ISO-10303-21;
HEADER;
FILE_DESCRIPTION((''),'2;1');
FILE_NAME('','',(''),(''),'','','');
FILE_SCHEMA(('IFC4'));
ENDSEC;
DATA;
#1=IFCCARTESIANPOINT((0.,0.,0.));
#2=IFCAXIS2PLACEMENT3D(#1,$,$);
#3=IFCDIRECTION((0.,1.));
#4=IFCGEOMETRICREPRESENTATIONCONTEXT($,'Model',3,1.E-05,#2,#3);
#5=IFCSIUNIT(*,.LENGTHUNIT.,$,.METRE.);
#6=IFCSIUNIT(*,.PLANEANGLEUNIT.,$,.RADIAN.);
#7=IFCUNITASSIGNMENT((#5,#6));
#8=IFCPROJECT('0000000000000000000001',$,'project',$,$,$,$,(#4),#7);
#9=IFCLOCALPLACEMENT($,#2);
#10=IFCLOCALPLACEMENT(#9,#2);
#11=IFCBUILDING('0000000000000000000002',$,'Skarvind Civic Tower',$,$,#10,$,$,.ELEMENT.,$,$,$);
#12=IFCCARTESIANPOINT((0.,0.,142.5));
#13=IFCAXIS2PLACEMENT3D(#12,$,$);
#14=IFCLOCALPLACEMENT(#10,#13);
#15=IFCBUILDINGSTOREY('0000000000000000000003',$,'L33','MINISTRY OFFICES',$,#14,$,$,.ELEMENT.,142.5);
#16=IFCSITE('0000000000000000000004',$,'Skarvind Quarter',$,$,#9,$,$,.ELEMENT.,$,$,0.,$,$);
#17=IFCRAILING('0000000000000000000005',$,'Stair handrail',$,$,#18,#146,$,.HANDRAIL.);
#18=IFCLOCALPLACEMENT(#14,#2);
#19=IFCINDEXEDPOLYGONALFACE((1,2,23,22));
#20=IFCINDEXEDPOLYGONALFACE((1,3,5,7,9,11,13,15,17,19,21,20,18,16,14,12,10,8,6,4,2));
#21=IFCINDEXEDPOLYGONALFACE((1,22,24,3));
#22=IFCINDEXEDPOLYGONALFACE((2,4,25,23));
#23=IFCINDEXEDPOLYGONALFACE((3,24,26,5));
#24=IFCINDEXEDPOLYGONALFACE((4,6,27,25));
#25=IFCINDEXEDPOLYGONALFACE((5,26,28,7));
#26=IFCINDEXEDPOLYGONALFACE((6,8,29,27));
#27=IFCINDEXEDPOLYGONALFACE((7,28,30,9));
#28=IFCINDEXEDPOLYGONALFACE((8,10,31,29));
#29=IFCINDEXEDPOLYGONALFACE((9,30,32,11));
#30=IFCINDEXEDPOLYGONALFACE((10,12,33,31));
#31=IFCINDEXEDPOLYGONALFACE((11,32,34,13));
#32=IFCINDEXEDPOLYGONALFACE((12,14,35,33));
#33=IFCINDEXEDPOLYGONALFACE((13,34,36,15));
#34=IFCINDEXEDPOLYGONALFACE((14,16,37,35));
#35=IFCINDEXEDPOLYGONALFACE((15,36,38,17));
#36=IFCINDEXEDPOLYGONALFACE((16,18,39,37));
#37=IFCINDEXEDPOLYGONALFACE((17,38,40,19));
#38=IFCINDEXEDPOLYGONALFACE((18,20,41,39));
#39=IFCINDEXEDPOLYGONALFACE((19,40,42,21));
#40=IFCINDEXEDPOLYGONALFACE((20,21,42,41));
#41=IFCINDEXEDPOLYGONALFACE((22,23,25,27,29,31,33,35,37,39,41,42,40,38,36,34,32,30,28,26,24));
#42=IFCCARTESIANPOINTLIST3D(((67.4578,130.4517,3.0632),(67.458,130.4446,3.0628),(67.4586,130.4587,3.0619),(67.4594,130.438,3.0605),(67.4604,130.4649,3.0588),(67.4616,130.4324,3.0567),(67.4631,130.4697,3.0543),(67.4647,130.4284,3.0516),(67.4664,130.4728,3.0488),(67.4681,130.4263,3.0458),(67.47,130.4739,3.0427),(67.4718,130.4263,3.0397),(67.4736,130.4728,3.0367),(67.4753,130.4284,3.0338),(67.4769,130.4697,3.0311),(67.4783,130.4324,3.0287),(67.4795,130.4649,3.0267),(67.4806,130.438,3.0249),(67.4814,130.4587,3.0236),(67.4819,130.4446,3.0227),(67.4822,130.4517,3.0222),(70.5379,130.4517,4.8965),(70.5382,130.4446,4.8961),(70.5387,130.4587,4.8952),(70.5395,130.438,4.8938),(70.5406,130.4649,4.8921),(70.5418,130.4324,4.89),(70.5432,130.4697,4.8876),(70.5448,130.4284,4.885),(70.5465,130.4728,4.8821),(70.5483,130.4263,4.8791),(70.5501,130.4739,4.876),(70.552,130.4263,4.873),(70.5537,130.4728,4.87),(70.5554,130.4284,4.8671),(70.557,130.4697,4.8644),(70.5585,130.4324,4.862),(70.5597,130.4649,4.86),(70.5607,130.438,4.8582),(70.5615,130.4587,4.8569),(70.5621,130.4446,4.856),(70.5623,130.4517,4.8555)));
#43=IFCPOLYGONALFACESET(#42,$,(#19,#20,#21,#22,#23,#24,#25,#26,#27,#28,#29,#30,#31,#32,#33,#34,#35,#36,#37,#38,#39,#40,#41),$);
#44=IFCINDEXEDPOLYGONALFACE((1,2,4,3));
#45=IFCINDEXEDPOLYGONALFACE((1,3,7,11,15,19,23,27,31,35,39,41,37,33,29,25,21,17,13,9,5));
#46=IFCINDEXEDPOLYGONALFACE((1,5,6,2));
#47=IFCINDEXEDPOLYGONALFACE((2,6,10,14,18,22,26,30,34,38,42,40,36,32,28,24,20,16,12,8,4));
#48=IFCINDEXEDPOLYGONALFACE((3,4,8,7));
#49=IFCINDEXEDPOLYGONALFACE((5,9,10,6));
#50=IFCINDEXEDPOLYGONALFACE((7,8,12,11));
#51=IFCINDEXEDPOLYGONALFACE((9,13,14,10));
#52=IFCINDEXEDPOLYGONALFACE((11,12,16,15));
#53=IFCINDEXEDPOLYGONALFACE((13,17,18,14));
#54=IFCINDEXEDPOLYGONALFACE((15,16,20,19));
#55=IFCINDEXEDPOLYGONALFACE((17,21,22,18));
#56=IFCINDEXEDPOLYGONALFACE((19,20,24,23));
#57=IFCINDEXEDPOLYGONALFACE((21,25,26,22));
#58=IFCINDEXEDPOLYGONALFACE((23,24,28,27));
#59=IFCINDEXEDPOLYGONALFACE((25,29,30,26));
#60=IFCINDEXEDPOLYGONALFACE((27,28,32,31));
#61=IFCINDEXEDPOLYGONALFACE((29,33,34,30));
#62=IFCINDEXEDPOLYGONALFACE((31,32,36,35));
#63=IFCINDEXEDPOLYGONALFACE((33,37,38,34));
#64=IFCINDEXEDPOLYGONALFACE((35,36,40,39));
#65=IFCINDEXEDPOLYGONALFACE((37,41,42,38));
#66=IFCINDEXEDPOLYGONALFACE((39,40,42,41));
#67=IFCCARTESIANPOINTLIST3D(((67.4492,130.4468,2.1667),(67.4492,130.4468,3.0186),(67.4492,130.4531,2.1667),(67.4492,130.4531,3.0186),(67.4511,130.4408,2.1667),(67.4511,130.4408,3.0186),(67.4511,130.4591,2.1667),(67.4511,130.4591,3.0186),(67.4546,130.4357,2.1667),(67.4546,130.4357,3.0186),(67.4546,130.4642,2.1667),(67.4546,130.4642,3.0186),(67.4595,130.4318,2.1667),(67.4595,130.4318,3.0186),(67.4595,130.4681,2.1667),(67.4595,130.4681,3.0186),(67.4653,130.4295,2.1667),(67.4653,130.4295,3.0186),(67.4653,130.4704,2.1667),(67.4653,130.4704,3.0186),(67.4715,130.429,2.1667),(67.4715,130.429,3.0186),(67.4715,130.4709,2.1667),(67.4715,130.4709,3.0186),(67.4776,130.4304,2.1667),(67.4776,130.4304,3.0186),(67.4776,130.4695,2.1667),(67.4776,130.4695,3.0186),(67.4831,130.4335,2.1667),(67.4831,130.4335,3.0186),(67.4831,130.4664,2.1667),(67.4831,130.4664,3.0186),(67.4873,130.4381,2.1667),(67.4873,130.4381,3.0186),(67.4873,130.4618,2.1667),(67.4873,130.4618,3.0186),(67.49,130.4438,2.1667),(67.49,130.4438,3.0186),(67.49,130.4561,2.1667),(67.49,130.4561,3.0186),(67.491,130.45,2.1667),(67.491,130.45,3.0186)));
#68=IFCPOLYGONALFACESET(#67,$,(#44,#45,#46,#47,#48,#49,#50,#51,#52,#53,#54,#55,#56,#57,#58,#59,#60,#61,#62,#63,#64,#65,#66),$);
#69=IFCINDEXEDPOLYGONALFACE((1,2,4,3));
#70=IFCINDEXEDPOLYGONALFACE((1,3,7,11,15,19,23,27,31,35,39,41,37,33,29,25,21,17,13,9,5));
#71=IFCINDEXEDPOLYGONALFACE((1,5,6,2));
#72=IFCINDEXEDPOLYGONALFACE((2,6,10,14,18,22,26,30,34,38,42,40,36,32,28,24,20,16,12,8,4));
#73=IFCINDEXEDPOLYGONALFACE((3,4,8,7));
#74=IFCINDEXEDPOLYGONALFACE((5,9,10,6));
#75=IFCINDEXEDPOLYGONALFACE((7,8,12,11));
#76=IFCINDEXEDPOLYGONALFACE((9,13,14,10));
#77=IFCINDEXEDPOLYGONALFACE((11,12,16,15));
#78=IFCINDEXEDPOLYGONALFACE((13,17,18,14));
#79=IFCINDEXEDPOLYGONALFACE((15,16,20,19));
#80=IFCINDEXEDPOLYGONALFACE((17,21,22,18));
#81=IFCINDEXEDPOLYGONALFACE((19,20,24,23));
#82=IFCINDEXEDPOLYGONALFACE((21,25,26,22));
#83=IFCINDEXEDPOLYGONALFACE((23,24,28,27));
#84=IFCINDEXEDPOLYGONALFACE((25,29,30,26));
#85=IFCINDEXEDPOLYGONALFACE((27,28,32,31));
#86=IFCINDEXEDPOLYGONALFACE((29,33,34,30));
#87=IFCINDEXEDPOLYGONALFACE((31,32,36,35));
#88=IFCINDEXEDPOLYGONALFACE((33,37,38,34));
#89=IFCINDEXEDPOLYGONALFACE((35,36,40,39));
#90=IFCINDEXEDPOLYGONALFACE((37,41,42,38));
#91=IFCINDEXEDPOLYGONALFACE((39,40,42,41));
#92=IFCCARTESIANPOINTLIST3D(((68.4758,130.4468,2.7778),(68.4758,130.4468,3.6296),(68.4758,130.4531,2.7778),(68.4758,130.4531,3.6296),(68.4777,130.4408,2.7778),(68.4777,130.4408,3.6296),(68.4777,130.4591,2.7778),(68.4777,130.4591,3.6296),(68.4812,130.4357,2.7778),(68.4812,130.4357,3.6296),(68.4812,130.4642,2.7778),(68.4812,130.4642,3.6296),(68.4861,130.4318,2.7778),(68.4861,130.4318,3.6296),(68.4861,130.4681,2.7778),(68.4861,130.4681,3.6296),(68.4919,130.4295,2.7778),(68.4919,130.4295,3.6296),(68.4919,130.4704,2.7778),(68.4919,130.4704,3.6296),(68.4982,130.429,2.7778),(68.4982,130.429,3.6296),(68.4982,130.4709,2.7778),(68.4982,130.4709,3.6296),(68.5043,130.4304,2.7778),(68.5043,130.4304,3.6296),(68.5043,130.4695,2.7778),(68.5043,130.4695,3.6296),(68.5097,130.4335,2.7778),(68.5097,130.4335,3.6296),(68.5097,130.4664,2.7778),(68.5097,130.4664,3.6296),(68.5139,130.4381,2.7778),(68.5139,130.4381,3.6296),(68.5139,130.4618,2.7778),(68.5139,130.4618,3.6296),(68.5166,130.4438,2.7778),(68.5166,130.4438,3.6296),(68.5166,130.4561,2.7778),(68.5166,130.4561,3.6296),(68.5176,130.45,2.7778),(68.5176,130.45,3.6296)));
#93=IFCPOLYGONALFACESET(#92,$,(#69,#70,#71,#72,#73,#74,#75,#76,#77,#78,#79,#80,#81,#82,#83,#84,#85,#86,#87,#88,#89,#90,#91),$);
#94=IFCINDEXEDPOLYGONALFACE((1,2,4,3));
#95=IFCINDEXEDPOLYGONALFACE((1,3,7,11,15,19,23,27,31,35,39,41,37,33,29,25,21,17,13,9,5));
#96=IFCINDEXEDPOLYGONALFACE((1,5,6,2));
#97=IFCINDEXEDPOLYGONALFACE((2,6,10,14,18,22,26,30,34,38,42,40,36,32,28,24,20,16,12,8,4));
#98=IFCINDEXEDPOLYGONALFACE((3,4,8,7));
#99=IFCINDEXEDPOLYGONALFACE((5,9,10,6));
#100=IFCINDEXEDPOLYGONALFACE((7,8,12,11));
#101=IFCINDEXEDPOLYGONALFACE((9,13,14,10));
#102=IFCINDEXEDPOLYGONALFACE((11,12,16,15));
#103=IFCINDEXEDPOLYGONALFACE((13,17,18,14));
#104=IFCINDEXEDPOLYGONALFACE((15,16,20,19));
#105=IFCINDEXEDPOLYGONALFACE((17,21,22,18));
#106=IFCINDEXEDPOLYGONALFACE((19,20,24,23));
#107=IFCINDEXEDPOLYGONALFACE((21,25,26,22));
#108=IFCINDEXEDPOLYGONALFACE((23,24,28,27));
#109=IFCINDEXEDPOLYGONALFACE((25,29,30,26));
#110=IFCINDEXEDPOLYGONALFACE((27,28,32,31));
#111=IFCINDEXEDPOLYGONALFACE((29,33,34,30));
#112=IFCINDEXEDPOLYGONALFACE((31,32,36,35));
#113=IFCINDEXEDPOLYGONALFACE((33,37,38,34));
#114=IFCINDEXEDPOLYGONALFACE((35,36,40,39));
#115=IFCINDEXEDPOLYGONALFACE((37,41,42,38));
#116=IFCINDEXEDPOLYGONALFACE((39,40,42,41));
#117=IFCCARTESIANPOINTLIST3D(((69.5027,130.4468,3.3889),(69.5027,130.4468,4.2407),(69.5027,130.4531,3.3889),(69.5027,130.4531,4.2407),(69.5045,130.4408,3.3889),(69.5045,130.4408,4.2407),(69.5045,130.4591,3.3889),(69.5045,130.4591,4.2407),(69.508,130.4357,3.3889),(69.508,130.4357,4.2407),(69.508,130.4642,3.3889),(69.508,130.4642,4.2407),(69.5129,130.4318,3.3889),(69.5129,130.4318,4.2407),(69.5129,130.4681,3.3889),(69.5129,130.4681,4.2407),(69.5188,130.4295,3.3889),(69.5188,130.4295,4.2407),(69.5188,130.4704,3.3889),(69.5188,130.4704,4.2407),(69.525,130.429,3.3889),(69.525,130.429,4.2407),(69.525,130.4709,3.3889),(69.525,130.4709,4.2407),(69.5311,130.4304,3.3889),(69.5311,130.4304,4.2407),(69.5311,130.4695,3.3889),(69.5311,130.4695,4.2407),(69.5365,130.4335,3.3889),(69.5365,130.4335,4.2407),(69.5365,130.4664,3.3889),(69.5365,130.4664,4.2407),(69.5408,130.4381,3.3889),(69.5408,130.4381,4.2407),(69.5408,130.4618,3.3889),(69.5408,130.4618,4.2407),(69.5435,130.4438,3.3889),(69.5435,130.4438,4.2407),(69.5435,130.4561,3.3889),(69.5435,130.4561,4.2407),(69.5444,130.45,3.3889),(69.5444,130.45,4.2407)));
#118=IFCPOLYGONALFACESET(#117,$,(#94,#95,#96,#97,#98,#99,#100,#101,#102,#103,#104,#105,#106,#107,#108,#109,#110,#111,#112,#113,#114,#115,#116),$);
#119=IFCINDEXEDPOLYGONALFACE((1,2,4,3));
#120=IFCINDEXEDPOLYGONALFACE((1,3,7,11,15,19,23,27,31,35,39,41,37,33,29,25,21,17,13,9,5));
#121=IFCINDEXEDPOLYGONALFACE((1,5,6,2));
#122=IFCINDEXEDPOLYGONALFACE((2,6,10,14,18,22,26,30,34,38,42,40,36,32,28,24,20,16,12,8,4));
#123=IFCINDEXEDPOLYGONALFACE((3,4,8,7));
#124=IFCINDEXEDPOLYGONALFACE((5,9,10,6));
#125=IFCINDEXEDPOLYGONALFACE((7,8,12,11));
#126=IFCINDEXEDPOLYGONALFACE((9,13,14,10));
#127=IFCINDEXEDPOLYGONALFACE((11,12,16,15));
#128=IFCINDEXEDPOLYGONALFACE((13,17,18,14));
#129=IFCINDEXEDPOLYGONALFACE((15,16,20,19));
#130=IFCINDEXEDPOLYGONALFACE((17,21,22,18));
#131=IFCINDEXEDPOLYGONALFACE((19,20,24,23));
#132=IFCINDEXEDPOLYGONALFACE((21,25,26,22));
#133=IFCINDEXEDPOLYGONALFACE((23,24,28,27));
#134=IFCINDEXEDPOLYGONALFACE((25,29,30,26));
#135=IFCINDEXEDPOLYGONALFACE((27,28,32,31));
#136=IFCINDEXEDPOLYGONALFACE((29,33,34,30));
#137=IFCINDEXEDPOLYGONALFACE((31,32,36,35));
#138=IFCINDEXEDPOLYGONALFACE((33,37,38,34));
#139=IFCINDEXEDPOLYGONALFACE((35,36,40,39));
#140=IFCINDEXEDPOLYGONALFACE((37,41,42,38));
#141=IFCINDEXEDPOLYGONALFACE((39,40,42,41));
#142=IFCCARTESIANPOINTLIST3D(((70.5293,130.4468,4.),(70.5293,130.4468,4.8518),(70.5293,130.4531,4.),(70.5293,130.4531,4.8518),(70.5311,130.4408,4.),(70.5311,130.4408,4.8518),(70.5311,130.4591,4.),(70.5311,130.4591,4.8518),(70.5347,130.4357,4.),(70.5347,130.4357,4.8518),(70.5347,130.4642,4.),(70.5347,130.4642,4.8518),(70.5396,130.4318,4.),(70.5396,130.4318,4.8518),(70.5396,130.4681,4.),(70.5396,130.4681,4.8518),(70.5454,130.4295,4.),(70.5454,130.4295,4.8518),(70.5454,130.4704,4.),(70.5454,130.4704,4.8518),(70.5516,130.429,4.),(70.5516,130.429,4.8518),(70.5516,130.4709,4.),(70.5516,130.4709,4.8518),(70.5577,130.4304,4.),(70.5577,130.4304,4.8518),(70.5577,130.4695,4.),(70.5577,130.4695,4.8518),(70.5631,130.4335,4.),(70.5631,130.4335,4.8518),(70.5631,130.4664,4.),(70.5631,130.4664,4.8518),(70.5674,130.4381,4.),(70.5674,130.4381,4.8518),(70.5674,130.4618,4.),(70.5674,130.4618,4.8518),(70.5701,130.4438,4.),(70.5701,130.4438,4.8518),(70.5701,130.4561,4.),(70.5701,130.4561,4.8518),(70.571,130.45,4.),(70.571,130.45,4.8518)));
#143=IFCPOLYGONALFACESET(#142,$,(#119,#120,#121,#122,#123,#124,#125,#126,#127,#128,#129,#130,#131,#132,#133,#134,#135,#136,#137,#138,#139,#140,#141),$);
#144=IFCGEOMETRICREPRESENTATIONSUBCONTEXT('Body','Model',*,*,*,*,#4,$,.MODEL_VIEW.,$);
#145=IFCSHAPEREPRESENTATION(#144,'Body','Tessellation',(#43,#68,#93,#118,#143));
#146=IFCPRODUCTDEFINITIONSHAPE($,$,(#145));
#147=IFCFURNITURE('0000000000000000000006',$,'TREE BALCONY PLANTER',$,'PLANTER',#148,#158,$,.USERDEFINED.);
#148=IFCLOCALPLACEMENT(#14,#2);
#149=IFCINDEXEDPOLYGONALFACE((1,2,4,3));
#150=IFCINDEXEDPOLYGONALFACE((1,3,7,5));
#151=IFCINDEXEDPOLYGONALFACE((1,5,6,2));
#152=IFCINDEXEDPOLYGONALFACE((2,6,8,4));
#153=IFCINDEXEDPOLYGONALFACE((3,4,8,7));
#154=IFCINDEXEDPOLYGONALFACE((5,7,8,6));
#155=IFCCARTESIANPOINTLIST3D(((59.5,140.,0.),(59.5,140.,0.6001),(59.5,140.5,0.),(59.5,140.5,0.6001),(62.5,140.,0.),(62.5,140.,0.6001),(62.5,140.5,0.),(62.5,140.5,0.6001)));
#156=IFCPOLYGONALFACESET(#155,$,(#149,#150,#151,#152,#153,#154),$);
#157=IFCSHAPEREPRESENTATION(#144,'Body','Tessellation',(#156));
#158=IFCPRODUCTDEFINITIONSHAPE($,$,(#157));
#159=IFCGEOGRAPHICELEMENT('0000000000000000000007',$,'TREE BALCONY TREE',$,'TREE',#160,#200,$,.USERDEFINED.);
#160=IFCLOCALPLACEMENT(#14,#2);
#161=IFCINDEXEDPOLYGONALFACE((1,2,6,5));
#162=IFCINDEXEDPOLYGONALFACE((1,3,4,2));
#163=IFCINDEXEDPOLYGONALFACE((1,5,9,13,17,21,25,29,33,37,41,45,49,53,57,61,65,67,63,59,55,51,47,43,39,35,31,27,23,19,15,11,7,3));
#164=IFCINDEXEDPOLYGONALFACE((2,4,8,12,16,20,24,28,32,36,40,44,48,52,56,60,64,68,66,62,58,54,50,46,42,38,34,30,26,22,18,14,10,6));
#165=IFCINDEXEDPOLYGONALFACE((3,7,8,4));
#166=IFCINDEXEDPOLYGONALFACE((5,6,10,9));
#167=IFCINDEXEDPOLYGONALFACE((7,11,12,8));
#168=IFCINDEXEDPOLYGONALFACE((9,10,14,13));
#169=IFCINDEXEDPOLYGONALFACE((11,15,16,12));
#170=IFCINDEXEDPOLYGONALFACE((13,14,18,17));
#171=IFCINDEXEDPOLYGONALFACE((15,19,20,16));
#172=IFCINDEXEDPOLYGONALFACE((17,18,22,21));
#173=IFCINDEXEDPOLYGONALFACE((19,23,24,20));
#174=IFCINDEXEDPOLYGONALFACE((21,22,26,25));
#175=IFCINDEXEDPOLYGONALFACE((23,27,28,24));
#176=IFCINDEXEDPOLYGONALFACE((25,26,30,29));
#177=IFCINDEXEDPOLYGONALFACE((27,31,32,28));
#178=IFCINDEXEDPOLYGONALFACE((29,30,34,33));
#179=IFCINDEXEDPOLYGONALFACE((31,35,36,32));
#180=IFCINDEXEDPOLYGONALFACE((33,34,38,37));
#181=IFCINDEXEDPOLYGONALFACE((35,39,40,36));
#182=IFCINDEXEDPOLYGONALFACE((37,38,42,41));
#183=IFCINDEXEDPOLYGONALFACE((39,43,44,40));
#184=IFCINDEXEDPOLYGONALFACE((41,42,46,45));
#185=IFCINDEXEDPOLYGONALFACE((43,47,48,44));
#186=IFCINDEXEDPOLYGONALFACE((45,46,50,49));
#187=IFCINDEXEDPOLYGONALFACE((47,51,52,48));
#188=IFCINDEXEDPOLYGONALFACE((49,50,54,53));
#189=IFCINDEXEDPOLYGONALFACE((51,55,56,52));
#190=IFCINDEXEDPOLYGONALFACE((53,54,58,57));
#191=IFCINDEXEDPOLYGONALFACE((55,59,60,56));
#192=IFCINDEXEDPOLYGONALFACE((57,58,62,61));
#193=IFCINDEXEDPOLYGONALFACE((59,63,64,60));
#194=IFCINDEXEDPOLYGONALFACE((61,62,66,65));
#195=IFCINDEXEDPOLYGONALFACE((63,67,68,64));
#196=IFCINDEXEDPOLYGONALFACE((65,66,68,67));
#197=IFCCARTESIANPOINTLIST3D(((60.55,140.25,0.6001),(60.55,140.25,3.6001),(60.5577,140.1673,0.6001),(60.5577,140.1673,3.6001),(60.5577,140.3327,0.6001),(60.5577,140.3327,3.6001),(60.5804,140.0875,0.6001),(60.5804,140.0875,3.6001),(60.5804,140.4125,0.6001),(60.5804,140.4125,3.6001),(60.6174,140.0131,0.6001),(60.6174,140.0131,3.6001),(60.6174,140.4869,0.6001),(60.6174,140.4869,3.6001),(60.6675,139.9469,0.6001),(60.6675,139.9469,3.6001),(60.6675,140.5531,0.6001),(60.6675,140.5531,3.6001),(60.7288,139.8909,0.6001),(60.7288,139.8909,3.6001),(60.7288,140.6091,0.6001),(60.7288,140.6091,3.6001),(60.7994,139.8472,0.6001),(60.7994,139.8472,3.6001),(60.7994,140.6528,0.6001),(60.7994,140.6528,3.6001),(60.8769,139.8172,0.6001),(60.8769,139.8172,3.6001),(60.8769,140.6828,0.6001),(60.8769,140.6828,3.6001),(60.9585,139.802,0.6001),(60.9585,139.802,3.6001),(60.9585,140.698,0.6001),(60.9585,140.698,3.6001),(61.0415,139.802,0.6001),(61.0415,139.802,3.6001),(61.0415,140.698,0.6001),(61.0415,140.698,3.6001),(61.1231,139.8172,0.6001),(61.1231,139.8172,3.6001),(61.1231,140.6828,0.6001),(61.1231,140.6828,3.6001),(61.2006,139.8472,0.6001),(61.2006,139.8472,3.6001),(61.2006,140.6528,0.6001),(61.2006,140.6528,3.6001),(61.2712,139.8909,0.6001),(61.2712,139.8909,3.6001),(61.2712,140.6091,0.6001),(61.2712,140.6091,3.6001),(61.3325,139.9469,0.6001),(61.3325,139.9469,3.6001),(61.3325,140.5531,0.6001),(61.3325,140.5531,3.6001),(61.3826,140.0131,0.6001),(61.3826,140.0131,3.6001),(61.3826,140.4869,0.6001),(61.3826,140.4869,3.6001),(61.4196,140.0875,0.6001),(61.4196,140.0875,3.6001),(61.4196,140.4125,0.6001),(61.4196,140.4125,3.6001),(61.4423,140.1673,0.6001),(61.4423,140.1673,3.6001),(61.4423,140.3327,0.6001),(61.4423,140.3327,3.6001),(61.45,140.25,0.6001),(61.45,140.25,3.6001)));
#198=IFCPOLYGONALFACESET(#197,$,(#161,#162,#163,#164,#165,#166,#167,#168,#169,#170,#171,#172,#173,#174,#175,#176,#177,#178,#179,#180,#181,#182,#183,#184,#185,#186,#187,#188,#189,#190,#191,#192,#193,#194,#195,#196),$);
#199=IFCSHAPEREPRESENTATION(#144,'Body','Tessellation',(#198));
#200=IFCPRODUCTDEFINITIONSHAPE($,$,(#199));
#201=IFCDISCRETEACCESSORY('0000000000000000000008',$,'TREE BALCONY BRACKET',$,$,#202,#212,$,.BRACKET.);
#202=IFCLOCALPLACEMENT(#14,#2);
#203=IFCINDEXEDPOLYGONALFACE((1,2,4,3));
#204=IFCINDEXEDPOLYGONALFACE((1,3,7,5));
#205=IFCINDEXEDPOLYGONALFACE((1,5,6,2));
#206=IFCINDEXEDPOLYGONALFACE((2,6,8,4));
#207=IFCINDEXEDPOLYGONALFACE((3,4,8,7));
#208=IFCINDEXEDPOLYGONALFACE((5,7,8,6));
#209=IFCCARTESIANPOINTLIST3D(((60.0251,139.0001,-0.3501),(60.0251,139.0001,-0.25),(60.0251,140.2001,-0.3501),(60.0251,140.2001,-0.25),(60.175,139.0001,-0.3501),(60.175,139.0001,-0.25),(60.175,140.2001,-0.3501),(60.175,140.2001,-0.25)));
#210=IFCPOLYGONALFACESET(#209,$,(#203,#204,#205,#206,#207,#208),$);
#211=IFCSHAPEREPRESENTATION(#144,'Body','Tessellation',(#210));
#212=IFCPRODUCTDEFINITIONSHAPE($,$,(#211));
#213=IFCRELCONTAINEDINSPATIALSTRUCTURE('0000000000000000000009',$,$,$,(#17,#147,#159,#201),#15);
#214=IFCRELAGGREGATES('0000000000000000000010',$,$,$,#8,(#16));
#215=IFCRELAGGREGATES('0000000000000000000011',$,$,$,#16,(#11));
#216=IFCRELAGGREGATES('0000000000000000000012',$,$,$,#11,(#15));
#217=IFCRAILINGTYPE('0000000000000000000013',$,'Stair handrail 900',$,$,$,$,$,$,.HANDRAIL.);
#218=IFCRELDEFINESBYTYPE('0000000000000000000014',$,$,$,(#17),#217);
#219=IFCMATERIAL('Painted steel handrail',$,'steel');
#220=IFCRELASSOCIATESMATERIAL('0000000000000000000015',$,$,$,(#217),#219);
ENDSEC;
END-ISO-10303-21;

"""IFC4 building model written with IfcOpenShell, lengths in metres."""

from ifc_helpers import new_model, si_unit, direction, frame, origin, origin_2d, place, context, subcontext, project, spatial, rectangle, circle, extrude, material, type_object, element, save


model = new_model("IFC4")

# Units and contexts
model_context = context("Model", 3, precision=1e-05, world=origin(), true_north=direction((0.0, 1.0)))
body_context = subcontext(model_context, "Body", "Model", "MODEL_VIEW")
ifc_project = project(units=[si_unit("LENGTHUNIT", "METRE"), si_unit("PLANEANGLEUNIT", "RADIAN")], contexts=[model_context])

# Site, building, storey
site_placement = place(None, origin())
site = spatial("IfcSite", under=ifc_project, at=site_placement, Name="Skarvind Quarter", CompositionType="ELEMENT", RefElevation=0.0)
building_placement = place(site_placement, origin())
building = spatial("IfcBuilding", under=site, at=building_placement, Name="Skarvind Civic Tower", CompositionType="ELEMENT")
storey_placement = place(building_placement, frame((0.0, 0.0, 142.5)))
storey = spatial("IfcBuildingStorey", under=building, at=storey_placement, Name="L33", Description="MINISTRY OFFICES", CompositionType="ELEMENT", Elevation=142.5)

# Railing
ifc_material_1 = material(Name="Painted steel handrail", Category="steel")
railing_type_1 = type_object("IfcRailingType", Name="Stair handrail 900", PredefinedType="HANDRAIL", material=ifc_material_1)
railing_1_placement = place(storey_placement, frame((67.47, 130.45, 2.1667)))
element("IfcRailing", 1, at=railing_1_placement, inside=storey, type_object=railing_type_1, Name="Stair handrail", PredefinedType="HANDRAIL", context=body_context, shape_type="SweptSolid", body=[
    extrude(circle(Radius=0.0239, at=origin_2d()), frame((0.0, 0.0, 0.876), z_axis=(0.859309, 0.0, 0.511458), x_axis=(0.0, 1.0, 0.0)), (0.0, 0.0, 1.0), 3.5845),
    extrude(circle(Radius=0.021, at=origin_2d()), origin(), (0.0, 0.0, 1.0), 0.8518),
    extrude(circle(Radius=0.021, at=origin_2d()), frame((1.0266, 0.0, 0.6111)), (0.0, 0.0, 1.0), 0.8518),
    extrude(circle(Radius=0.021, at=origin_2d()), frame((2.0535, 0.0, 1.2222)), (0.0, 0.0, 1.0), 0.8518),
    extrude(circle(Radius=0.021, at=origin_2d()), frame((3.0801, 0.0, 1.8333)), (0.0, 0.0, 1.0), 0.8518),
])

# Furniture
furniture_placement = place(storey_placement, frame((61.0, 140.25, 0.0), z_axis=(0.0, 0.0, 1.0), x_axis=(1.0, 0.0, 0.0)))
element("IfcFurniture", 2, at=furniture_placement, inside=storey, Name="TREE BALCONY PLANTER", ObjectType="PLANTER", PredefinedType="USERDEFINED", context=body_context, shape_type="SweptSolid", body=[
    extrude(rectangle(XDim=3.0, YDim=0.5, at=origin_2d()), origin(), (0.0, 0.0, 1.0), 0.6001),
])

# Geographic element
geographic_element_placement = place(storey_placement, frame((61.0, 140.25, 0.6001), z_axis=(0.0, 0.0, 1.0), x_axis=(1.0, 0.0, 0.0)))
element("IfcGeographicElement", 3, at=geographic_element_placement, inside=storey, Name="TREE BALCONY TREE", ObjectType="TREE", PredefinedType="USERDEFINED", context=body_context, shape_type="SweptSolid", body=[
    extrude(circle(Radius=0.45, at=origin_2d()), origin(), (0.0, 0.0, 1.0), 3.0),
])

# Discrete accessory
for number, where, z_axis, x_axis, name in (
    (4, (60.1001, 139.6001, -0.3501), (0.0, 0.0, 1.0), (1.0, 0.0, 0.0), "TREE BALCONY BRACKET"),
):
    element("IfcDiscreteAccessory", number, at=place(storey_placement, frame(where, z_axis=z_axis, x_axis=x_axis)), inside=storey, Name=name, PredefinedType="BRACKET", context=body_context, shape_type="SweptSolid", body=[
        extrude(rectangle(XDim=0.1499, YDim=1.2, at=origin_2d()), origin(), (0.0, 0.0, 1.0), 0.1001),
    ])

save(model, "model.ifc")
